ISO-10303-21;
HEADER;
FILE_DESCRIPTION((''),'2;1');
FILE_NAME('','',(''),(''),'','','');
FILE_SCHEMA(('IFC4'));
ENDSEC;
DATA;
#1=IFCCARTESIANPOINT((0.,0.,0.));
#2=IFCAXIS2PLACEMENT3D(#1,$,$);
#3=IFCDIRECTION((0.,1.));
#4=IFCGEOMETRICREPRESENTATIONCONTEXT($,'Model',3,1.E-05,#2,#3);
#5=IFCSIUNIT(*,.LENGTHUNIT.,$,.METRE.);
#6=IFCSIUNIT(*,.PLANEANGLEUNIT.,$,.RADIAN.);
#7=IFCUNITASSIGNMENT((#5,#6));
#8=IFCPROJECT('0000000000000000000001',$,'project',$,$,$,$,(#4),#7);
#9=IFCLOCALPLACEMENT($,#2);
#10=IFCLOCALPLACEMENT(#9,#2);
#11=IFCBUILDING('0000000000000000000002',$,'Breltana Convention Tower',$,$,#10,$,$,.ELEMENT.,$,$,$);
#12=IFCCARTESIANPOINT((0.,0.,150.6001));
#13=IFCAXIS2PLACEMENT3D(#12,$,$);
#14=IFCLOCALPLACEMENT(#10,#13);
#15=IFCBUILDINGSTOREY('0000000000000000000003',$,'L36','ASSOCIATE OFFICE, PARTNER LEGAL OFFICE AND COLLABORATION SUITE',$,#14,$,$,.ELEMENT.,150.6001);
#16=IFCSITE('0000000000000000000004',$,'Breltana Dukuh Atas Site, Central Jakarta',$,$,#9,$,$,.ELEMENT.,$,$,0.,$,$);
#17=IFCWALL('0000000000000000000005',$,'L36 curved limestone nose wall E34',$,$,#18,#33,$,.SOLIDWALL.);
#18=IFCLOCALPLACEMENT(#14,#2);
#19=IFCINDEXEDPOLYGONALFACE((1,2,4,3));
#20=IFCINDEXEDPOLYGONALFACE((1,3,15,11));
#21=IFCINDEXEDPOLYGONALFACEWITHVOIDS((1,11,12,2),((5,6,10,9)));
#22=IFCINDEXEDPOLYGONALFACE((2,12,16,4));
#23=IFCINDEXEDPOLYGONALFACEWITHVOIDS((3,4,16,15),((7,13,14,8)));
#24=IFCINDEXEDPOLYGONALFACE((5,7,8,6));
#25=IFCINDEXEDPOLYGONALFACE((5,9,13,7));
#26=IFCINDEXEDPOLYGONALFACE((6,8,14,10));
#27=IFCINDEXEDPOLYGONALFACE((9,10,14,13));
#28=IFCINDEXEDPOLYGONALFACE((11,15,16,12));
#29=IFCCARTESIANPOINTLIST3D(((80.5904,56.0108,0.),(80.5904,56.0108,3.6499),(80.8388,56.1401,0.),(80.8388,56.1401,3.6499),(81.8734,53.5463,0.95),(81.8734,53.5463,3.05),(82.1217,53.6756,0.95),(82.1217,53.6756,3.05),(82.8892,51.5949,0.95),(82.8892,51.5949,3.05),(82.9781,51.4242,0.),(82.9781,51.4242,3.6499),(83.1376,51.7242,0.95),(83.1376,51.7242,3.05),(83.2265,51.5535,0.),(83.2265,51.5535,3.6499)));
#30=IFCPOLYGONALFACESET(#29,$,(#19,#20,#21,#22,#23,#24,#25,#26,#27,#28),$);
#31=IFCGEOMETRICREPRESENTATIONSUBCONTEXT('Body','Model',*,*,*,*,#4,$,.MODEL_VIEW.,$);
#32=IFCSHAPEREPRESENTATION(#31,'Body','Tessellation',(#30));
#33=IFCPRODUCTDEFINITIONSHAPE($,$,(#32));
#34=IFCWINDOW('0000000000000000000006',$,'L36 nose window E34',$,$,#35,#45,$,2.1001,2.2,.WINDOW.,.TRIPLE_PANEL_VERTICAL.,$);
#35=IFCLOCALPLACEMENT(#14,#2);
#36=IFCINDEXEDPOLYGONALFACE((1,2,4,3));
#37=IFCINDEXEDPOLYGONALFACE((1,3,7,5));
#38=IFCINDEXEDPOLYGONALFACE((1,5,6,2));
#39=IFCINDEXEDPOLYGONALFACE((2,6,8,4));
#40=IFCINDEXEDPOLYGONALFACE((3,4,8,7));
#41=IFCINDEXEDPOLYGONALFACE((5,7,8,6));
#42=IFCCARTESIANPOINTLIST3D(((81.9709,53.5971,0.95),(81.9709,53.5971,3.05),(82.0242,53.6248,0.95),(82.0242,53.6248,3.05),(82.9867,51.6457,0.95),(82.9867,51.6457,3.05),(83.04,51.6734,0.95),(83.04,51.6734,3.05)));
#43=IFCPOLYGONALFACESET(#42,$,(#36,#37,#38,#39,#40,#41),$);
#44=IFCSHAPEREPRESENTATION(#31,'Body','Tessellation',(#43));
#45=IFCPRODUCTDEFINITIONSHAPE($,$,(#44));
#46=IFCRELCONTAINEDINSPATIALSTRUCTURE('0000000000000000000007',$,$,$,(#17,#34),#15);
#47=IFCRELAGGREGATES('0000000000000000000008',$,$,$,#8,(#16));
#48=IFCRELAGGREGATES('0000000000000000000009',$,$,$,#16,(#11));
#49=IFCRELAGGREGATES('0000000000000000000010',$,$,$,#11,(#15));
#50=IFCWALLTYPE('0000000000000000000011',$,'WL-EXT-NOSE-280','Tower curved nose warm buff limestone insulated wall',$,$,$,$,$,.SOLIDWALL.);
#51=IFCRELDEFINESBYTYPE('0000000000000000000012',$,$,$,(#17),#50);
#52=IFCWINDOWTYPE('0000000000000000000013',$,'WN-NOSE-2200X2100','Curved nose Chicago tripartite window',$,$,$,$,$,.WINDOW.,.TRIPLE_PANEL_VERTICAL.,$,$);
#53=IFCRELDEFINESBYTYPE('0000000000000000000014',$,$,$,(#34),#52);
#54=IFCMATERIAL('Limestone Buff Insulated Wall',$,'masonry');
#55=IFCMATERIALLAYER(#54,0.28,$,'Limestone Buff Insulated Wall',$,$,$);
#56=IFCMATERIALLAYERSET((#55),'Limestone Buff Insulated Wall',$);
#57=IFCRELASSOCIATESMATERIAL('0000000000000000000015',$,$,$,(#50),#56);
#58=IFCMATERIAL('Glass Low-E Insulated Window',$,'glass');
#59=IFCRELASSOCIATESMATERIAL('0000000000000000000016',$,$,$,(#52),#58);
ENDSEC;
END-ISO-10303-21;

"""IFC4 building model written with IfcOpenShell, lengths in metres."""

from ifc_helpers import new_model, si_unit, direction, frame, frame_2d, origin, place, context, subcontext, project, spatial, rectangle, extrude, source, transform, mapped, material, layer, layer_set, type_object, type_shapes, element, fill, save


model = new_model("IFC4")

# Units and contexts
model_context = context("Model", 3, precision=1e-05, world=origin(), true_north=direction((0.0, 1.0)))
body_context = subcontext(model_context, "Body", "Model", "MODEL_VIEW")
ifc_project = project(units=[si_unit("LENGTHUNIT", "METRE"), si_unit("PLANEANGLEUNIT", "RADIAN")], contexts=[model_context])

# Site, building, storey
site_placement = place(None, origin())
site = spatial("IfcSite", under=ifc_project, at=site_placement, Name="Breltana Dukuh Atas Site, Central Jakarta", CompositionType="ELEMENT", RefElevation=0.0)
building_placement = place(site_placement, origin())
building = spatial("IfcBuilding", under=site, at=building_placement, Name="Breltana Convention Tower", CompositionType="ELEMENT")
storey_placement = place(building_placement, frame((0.0, 0.0, 150.6001)))
storey = spatial("IfcBuildingStorey", under=building, at=storey_placement, Name="L36", Description="ASSOCIATE OFFICE, PARTNER LEGAL OFFICE AND COLLABORATION SUITE", CompositionType="ELEMENT", Elevation=150.6001)

# Wall, opening, window
ifc_material_1 = material(Name="Limestone Buff Insulated Wall", Category="masonry")
ifc_layer_1 = layer(ifc_material_1, 0.28, Name="Limestone Buff Insulated Wall")
ifc_layer_set_1 = layer_set([ifc_layer_1], Name="Limestone Buff Insulated Wall")
wall_type = type_object("IfcWallType", Name="WL-EXT-NOSE-280", Description="Tower curved nose warm buff limestone insulated wall", PredefinedType="SOLIDWALL", material=ifc_layer_set_1)
ifc_material_2 = material(Name="Glass Low-E Insulated Window", Category="glass")
window_type = type_object("IfcWindowType", Name="WN-NOSE-2200X2100", Description="Curved nose Chicago tripartite window", PartitioningType="TRIPLE_PANEL_VERTICAL", PredefinedType="WINDOW", material=ifc_material_2)
shared_shape_1 = source(origin(), body_context, "Body", "SweptSolid", [
    extrude(rectangle(XDim=2.2, YDim=2.1001, at=frame_2d((1.1001, 1.05))), frame((0.0, 0.03, 0.0), z_axis=(0.0, -1.0, 0.0), x_axis=(1.0, 0.0, 0.0)), (0.0, 0.0, 1.0), 0.0601),
])
type_shapes(window_type, [shared_shape_1])
shared_shape_2 = source(origin(), body_context, "Body", "SweptSolid", [
    extrude(rectangle(XDim=5.1709, YDim=0.28, at=frame_2d((2.5854, 0.0))), origin(), (0.0, 0.0, 1.0), 3.6499),
])
wall_1_placement = place(storey_placement, frame((80.7146, 56.0754, 0.0), z_axis=(0.0, 0.0, 1.0), x_axis=(0.461753, -0.887009, 0.0)))
wall_1 = element("IfcWall", 1, at=wall_1_placement, inside=storey, type_object=wall_type, Name="L36 curved limestone nose wall E34", PredefinedType="SOLIDWALL", context=body_context, shape_type="MappedRepresentation", body=[
    mapped(shared_shape_2, transform((0.0, 0.0, 0.0), scale=1.0)),
])
opening_1_placement = place(wall_1_placement, frame((2.7783, 0.0, 0.95)))
opening_1 = element("IfcOpeningElement", 2, at=opening_1_placement, cuts=wall_1, PredefinedType="OPENING", context=body_context, shape_type="SweptSolid", body=[
    extrude(rectangle(XDim=2.2, YDim=2.1001, at=frame_2d((1.1001, 1.05))), frame((0.0, 0.1499, 0.0), z_axis=(0.0, -1.0, 0.0), x_axis=(1.0, 0.0, 0.0)), (0.0, 0.0, 1.0), 0.3),
])
window_1_placement = place(opening_1_placement, origin())
window_1 = element("IfcWindow", 3, at=window_1_placement, inside=storey, type_object=window_type, Name="L36 nose window E34", OverallHeight=2.1001, OverallWidth=2.2, PartitioningType="TRIPLE_PANEL_VERTICAL", PredefinedType="WINDOW", context=body_context, shape_type="MappedRepresentation", body=[
    mapped(shared_shape_1, transform((0.0, 0.0, 0.0), scale=1.0)),
])
fill(opening_1, window_1)

save(model, "model.ifc")
